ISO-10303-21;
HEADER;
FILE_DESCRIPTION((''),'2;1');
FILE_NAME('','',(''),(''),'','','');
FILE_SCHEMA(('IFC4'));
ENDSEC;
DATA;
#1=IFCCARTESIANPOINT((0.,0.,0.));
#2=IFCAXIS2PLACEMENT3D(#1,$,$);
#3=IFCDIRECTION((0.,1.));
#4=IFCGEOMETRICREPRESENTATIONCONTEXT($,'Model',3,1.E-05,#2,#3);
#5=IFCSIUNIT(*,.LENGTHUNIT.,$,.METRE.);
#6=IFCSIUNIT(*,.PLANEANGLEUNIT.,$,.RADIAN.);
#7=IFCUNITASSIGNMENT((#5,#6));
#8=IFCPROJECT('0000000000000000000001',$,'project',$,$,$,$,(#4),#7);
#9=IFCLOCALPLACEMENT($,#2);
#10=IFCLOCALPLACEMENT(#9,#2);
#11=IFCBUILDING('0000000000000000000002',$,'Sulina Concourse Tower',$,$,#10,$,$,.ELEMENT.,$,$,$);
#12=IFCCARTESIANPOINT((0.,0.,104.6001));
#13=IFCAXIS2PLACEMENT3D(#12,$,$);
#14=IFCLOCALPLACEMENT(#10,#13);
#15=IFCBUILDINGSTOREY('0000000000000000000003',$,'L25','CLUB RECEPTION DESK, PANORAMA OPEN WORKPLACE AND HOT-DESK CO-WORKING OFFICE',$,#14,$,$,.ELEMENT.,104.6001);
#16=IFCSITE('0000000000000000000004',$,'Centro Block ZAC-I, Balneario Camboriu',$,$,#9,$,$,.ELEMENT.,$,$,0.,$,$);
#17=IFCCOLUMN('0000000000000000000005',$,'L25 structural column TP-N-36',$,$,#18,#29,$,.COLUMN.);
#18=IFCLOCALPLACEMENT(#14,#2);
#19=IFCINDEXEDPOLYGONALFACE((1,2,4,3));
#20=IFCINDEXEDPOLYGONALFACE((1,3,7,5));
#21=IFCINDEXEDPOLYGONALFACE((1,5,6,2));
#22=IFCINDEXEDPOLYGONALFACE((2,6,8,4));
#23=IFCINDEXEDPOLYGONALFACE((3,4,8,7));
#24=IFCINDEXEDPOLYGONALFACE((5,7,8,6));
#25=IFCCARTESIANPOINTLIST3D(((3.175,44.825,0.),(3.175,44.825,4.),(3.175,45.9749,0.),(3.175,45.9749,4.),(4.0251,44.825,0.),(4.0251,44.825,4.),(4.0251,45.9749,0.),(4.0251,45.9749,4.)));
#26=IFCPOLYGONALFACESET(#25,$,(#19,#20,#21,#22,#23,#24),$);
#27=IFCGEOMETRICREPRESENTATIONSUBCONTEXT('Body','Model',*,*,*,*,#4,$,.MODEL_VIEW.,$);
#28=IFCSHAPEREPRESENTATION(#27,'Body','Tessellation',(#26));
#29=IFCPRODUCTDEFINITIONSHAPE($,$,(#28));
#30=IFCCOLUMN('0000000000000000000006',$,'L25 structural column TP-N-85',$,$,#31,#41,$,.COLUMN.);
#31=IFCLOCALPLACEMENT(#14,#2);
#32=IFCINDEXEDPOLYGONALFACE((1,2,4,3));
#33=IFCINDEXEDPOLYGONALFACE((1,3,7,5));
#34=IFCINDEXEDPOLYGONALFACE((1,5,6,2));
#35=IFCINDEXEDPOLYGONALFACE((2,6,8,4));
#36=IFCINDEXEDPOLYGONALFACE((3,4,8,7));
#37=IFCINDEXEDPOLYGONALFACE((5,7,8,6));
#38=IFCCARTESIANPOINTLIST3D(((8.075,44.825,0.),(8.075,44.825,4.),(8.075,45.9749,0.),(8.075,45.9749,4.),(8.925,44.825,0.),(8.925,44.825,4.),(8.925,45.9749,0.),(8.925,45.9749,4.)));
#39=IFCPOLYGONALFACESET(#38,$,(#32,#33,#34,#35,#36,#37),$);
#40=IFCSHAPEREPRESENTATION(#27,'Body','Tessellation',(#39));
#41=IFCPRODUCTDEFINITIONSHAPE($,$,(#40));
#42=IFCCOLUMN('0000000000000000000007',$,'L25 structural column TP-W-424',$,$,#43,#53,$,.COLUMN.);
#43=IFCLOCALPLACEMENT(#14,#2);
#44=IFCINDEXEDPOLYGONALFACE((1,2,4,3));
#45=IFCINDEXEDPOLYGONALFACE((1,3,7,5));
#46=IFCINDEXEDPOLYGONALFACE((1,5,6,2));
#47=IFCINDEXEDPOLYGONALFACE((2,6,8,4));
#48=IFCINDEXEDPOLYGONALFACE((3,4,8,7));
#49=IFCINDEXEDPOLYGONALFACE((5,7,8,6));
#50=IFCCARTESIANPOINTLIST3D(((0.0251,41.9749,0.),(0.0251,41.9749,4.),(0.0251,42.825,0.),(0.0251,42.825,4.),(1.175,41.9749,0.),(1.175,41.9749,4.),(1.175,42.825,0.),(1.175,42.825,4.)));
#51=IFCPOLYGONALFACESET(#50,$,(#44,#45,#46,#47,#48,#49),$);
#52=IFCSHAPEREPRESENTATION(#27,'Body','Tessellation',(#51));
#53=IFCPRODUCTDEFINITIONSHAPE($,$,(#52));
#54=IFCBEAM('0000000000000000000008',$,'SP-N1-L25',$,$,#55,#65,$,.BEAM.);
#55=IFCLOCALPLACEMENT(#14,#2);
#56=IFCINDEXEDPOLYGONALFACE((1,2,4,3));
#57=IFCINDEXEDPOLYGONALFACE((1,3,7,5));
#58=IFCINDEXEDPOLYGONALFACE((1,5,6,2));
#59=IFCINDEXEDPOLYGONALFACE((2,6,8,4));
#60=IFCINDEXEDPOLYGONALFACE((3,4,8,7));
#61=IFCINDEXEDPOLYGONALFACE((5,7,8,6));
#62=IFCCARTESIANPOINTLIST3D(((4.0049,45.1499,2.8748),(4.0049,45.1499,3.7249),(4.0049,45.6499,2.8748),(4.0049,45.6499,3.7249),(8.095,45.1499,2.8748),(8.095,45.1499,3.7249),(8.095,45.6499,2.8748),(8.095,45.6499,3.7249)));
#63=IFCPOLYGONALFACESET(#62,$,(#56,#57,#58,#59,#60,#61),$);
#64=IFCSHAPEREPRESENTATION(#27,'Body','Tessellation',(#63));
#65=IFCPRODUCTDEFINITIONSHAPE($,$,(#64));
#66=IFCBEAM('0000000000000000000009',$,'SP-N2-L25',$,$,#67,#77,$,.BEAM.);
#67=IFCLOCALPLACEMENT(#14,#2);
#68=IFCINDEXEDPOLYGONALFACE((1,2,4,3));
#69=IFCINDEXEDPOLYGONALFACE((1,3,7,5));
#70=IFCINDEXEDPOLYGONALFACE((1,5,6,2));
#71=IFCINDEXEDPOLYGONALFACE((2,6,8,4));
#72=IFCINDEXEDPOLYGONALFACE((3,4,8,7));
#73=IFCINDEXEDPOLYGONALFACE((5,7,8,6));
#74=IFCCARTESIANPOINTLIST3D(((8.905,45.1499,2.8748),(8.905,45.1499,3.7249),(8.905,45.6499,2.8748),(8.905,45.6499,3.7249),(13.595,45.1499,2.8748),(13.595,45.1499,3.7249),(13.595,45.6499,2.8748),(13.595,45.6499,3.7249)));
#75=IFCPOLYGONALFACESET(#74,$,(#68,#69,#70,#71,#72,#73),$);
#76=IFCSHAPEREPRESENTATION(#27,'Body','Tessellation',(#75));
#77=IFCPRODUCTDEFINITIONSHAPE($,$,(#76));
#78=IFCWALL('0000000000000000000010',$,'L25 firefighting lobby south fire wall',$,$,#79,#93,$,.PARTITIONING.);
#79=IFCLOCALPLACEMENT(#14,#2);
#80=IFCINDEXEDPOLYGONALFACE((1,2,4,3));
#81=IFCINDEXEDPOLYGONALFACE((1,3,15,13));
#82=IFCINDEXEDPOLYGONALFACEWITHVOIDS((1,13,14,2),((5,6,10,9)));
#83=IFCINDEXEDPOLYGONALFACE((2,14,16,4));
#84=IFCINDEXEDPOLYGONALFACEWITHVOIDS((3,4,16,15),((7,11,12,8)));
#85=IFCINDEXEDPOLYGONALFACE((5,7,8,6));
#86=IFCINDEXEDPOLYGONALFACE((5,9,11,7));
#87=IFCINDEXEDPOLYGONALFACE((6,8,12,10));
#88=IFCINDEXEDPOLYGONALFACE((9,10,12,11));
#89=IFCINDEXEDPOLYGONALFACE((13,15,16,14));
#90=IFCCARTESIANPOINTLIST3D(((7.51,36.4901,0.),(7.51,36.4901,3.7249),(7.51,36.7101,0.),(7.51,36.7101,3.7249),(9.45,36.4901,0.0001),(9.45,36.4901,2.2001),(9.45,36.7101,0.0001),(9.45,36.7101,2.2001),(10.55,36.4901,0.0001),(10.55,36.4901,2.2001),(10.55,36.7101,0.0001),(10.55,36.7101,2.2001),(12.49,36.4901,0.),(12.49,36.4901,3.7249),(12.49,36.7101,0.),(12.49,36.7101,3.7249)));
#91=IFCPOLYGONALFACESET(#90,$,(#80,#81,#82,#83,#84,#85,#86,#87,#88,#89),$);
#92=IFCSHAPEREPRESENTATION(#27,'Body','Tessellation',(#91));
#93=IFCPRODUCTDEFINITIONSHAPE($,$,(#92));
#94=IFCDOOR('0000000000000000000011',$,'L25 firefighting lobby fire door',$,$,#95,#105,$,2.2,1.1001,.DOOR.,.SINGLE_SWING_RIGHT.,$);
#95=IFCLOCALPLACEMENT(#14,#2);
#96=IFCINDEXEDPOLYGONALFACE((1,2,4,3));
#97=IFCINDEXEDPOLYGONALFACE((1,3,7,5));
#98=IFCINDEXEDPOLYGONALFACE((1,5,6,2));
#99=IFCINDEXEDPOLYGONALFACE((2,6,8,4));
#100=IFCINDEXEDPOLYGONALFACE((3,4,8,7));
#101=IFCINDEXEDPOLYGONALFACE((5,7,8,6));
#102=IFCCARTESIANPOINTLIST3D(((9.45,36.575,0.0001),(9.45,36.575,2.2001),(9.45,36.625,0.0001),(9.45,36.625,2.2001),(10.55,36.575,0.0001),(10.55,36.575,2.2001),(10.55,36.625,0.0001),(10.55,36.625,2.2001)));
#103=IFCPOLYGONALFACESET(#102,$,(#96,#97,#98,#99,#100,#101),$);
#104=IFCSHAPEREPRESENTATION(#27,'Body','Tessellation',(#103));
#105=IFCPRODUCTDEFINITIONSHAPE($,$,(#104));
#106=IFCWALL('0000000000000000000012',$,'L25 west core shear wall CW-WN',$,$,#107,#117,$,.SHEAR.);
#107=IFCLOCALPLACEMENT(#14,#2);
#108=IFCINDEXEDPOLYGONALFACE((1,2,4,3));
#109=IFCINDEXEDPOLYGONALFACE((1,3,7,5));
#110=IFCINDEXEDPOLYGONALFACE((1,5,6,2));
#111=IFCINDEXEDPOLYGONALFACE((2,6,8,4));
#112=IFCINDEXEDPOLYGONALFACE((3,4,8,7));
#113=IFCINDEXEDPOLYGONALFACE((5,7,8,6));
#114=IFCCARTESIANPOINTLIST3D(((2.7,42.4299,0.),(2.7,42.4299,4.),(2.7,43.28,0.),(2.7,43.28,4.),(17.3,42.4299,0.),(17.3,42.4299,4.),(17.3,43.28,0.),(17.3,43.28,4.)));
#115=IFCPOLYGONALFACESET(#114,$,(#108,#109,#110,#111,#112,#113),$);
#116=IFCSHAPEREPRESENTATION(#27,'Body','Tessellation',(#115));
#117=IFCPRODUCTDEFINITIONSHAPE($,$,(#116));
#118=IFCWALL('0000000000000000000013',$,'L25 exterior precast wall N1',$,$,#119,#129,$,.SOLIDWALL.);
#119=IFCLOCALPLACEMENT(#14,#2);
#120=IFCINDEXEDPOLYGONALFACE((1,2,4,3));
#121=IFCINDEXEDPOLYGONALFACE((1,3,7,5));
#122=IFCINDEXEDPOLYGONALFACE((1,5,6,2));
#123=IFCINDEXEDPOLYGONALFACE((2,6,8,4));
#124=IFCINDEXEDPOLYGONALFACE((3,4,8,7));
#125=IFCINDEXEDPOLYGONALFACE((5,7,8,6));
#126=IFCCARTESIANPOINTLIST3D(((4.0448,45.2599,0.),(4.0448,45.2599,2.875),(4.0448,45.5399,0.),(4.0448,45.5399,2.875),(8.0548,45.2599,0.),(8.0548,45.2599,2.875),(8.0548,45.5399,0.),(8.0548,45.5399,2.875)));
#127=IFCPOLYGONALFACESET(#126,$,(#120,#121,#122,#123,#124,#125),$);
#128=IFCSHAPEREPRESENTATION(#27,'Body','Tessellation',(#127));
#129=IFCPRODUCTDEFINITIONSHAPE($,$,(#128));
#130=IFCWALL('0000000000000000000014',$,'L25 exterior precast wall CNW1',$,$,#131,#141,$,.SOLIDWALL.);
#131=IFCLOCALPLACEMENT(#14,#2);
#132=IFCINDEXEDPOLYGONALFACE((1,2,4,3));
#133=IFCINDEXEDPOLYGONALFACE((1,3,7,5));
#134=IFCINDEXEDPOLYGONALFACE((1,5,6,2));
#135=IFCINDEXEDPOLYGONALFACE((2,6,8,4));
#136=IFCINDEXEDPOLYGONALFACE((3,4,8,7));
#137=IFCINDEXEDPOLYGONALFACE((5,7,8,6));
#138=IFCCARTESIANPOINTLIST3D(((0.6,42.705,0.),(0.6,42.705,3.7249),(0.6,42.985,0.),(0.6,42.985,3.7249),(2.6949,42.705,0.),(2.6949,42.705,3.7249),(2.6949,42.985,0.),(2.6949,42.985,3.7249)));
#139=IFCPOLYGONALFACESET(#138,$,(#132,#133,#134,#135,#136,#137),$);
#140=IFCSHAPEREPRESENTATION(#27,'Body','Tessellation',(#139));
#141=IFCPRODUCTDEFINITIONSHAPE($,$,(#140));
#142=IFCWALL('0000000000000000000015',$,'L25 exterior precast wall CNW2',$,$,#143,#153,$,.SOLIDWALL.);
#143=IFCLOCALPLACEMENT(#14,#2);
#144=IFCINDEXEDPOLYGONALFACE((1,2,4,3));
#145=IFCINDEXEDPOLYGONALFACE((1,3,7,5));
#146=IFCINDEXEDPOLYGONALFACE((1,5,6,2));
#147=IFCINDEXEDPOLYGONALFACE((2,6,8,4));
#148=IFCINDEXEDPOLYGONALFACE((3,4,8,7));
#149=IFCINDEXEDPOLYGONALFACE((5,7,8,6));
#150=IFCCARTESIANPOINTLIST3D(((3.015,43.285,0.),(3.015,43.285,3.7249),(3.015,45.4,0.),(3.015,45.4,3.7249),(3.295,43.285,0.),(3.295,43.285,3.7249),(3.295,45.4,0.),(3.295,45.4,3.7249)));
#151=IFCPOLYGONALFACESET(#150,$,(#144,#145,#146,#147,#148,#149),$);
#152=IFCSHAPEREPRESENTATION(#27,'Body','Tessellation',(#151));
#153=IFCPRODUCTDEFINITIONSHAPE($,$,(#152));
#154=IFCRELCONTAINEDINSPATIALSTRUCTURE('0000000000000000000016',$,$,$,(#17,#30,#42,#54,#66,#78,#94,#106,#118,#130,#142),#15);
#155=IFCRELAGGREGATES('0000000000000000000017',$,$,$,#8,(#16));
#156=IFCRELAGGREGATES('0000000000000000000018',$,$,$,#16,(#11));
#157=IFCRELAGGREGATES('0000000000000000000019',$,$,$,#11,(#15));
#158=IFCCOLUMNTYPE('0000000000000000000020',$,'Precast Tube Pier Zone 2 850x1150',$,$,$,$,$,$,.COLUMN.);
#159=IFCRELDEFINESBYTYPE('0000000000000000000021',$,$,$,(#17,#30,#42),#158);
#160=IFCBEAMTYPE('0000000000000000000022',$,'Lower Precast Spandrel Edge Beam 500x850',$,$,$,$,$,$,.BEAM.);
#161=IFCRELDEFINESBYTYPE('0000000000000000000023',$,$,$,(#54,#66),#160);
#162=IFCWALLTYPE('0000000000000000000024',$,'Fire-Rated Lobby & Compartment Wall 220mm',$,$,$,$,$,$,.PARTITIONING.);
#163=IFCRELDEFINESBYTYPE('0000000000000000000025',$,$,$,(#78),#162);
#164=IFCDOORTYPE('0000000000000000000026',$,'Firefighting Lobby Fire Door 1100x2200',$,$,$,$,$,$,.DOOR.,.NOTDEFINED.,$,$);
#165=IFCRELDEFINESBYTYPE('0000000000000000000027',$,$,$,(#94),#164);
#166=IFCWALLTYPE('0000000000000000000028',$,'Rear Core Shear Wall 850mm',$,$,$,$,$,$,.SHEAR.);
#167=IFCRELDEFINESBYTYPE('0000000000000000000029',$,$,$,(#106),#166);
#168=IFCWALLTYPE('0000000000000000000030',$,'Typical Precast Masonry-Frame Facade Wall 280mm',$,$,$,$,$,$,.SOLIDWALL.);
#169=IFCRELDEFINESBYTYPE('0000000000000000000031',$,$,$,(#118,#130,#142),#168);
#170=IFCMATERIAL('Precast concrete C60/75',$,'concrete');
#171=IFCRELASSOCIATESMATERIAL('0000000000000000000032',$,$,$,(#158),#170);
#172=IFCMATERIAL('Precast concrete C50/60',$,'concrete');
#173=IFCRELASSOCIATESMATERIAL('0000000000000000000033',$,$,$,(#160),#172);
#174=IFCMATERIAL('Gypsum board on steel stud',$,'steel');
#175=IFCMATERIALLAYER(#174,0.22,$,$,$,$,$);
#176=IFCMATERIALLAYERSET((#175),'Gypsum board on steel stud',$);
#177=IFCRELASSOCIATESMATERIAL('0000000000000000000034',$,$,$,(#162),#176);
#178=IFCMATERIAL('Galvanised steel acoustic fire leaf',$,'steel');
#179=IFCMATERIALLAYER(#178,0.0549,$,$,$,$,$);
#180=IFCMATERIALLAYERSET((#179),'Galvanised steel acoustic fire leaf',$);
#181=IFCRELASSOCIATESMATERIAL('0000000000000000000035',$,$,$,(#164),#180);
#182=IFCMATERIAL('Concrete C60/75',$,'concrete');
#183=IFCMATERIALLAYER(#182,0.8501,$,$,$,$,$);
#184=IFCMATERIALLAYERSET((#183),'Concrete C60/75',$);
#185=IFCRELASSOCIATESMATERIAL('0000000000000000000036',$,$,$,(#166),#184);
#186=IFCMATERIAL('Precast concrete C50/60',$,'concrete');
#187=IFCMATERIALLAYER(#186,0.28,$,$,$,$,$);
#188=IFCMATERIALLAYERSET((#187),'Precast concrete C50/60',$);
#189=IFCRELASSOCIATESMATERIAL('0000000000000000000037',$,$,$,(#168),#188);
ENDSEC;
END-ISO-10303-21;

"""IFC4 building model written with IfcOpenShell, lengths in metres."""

from ifc_helpers import new_model, si_unit, direction, frame, frame_2d, origin, origin_2d, place, context, subcontext, project, spatial, rectangle, extrude, material, layer, layer_set, material_profile, profile_set, type_object, element, fill, save


model = new_model("IFC4")

# Units and contexts
model_context = context("Model", 3, precision=1e-05, world=origin(), true_north=direction((0.0, 1.0)))
body_context = subcontext(model_context, "Body", "Model", "MODEL_VIEW")
ifc_project = project(units=[si_unit("LENGTHUNIT", "METRE"), si_unit("PLANEANGLEUNIT", "RADIAN")], contexts=[model_context])

# Site, building, storey
site_placement = place(None, origin())
site = spatial("IfcSite", under=ifc_project, at=site_placement, Name="Centro Block ZAC-I, Balneario Camboriu", CompositionType="ELEMENT", RefElevation=0.0)
building_placement = place(site_placement, origin())
building = spatial("IfcBuilding", under=site, at=building_placement, Name="Sulina Concourse Tower", CompositionType="ELEMENT")
storey_placement = place(building_placement, frame((0.0, 0.0, 104.6001)))
storey = spatial("IfcBuildingStorey", under=building, at=storey_placement, Name="L25", Description="CLUB RECEPTION DESK, PANORAMA OPEN WORKPLACE AND HOT-DESK CO-WORKING OFFICE", CompositionType="ELEMENT", Elevation=104.6001)

# Columns
ifc_material_1 = material(Name="Precast concrete C60/75", Category="concrete")
ifc_material_profile_1 = material_profile(ifc_material_1, rectangle(XDim=0.8501, YDim=1.1499, at=origin_2d()), Name="PC 850x1150")
ifc_profile_set_1 = profile_set([ifc_material_profile_1], Name="Precast concrete C60/75")
column_type = type_object("IfcColumnType", Name="Precast Tube Pier Zone 2 850x1150", PredefinedType="COLUMN", material=ifc_profile_set_1)
for number, where, z_axis, x_axis, name in (
    (1, (3.6001, 45.3999, 0.0), (0.0, 0.0, 1.0), (1.0, 0.0, 0.0), "L25 structural column TP-N-36"),
    (2, (8.5, 45.3999, 0.0), (0.0, 0.0, 1.0), (1.0, 0.0, 0.0), "L25 structural column TP-N-85"),
    (3, (0.6001, 42.3999, 0.0), (0.0, 0.0, 1.0), (0.0, 1.0, 0.0), "L25 structural column TP-W-424"),
):
    element("IfcColumn", number, at=place(storey_placement, frame(where, z_axis=z_axis, x_axis=x_axis)), inside=storey, type_object=column_type, Name=name, PredefinedType="COLUMN", context=body_context, shape_type="SweptSolid", body=[
        extrude(rectangle(XDim=0.8501, YDim=1.1499, at=origin_2d()), origin(), (0.0, 0.0, 1.0), 4.0),
    ])

# Beams
ifc_material_2 = material(Name="Precast concrete C50/60", Category="concrete")
ifc_material_profile_2 = material_profile(ifc_material_2, rectangle(XDim=0.5, YDim=0.8501, at=origin_2d()), Name="RC 500x850")
ifc_profile_set_2 = profile_set([ifc_material_profile_2], Name="Precast concrete C50/60")
beam_type = type_object("IfcBeamType", Name="Lower Precast Spandrel Edge Beam 500x850", PredefinedType="BEAM", material=ifc_profile_set_2)
beam_1_placement = place(storey_placement, frame((4.0049, 45.3999, 3.2998), z_axis=(1.0, 0.0, 0.0), x_axis=(0.0, 1.0, 0.0)))
element("IfcBeam", 4, at=beam_1_placement, inside=storey, type_object=beam_type, Name="SP-N1-L25", PredefinedType="BEAM", context=body_context, shape_type="SweptSolid", body=[
    extrude(rectangle(XDim=0.5, YDim=0.8501, at=origin_2d()), origin(), (0.0, 0.0, 1.0), 4.0901),
])
beam_2_placement = place(storey_placement, frame((8.905, 45.3999, 3.2998), z_axis=(1.0, 0.0, 0.0), x_axis=(0.0, 1.0, 0.0)))
element("IfcBeam", 5, at=beam_2_placement, inside=storey, type_object=beam_type, Name="SP-N2-L25", PredefinedType="BEAM", context=body_context, shape_type="SweptSolid", body=[
    extrude(rectangle(XDim=0.5, YDim=0.8501, at=origin_2d()), origin(), (0.0, 0.0, 1.0), 4.6899),
])

# Wall, opening, door
ifc_material_3 = material(Name="Gypsum board on steel stud", Category="steel")
ifc_layer_1 = layer(ifc_material_3, 0.22)
ifc_layer_set_1 = layer_set([ifc_layer_1], Name="Gypsum board on steel stud")
wall_type_1 = type_object("IfcWallType", Name="Fire-Rated Lobby & Compartment Wall 220mm", PredefinedType="PARTITIONING", material=ifc_layer_set_1)
wall_1_placement = place(storey_placement, frame((7.51, 36.6001, 0.0), z_axis=(0.0, 0.0, 1.0), x_axis=(1.0, 0.0, 0.0)))
wall_1 = element("IfcWall", 6, at=wall_1_placement, inside=storey, type_object=wall_type_1, Name="L25 firefighting lobby south fire wall", PredefinedType="PARTITIONING", context=body_context, shape_type="SweptSolid", body=[
    extrude(rectangle(XDim=4.98, YDim=0.22, at=frame_2d((2.49, 0.0))), origin(), (0.0, 0.0, 1.0), 3.7249),
])
opening_placement = place(wall_1_placement, frame((1.9399, 0.0, 0.0)))
opening = element("IfcOpeningElement", 7, at=opening_placement, cuts=wall_1, PredefinedType="OPENING", context=body_context, shape_type="SweptSolid", body=[
    extrude(rectangle(XDim=1.1001, YDim=2.2, at=frame_2d((0.55, 1.1001))), frame((0.0, 0.1199, 0.0), z_axis=(0.0, -1.0, 0.0), x_axis=(1.0, 0.0, 0.0)), (0.0, 0.0, 1.0), 0.24),
])
ifc_material_4 = material(Name="Galvanised steel acoustic fire leaf", Category="steel")
ifc_layer_2 = layer(ifc_material_4, 0.0549)
ifc_layer_set_2 = layer_set([ifc_layer_2], Name="Galvanised steel acoustic fire leaf")
door_type = type_object("IfcDoorType", Name="Firefighting Lobby Fire Door 1100x2200", OperationType="NOTDEFINED", PredefinedType="DOOR", material=ifc_layer_set_2)
door_placement = place(opening_placement, origin())
door = element("IfcDoor", 8, at=door_placement, inside=storey, type_object=door_type, Name="L25 firefighting lobby fire door", OperationType="SINGLE_SWING_RIGHT", OverallHeight=2.2, OverallWidth=1.1001, PredefinedType="DOOR", context=body_context, shape_type="SweptSolid", body=[
    extrude(rectangle(XDim=1.1001, YDim=2.2, at=frame_2d((0.55, 1.1001))), frame((0.0, 0.0249, 0.0), z_axis=(0.0, -1.0, 0.0), x_axis=(1.0, 0.0, 0.0)), (0.0, 0.0, 1.0), 0.05),
])
fill(opening, door)

# Walls
ifc_material_5 = material(Name="Concrete C60/75", Category="concrete")
ifc_layer_3 = layer(ifc_material_5, 0.8501)
ifc_layer_set_3 = layer_set([ifc_layer_3], Name="Concrete C60/75")
wall_type_2 = type_object("IfcWallType", Name="Rear Core Shear Wall 850mm", PredefinedType="SHEAR", material=ifc_layer_set_3)
wall_2_placement = place(storey_placement, frame((2.7, 42.855, 0.0), z_axis=(0.0, 0.0, 1.0), x_axis=(1.0, 0.0, 0.0)))
element("IfcWall", 9, at=wall_2_placement, inside=storey, type_object=wall_type_2, Name="L25 west core shear wall CW-WN", PredefinedType="SHEAR", context=body_context, shape_type="SweptSolid", body=[
    extrude(rectangle(XDim=14.6001, YDim=0.8501, at=frame_2d((7.3, 0.0))), origin(), (0.0, 0.0, 1.0), 4.0),
])
ifc_material_6 = material(Name="Precast concrete C50/60", Category="concrete")
ifc_layer_4 = layer(ifc_material_6, 0.28)
ifc_layer_set_4 = layer_set([ifc_layer_4], Name="Precast concrete C50/60")
wall_type_3 = type_object("IfcWallType", Name="Typical Precast Masonry-Frame Facade Wall 280mm", PredefinedType="SOLIDWALL", material=ifc_layer_set_4)
wall_3_placement = place(storey_placement, frame((4.0449, 45.3999, 0.0), z_axis=(0.0, 0.0, 1.0), x_axis=(1.0, 0.0, 0.0)))
element("IfcWall", 10, at=wall_3_placement, inside=storey, type_object=wall_type_3, Name="L25 exterior precast wall N1", PredefinedType="SOLIDWALL", context=body_context, shape_type="SweptSolid", body=[
    extrude(rectangle(XDim=4.01, YDim=0.28, at=frame_2d((2.0049, 0.0))), origin(), (0.0, 0.0, 1.0), 2.875),
])
wall_4_placement = place(storey_placement, frame((0.6001, 42.845, 0.0), z_axis=(0.0, 0.0, 1.0), x_axis=(1.0, 0.0, 0.0)))
element("IfcWall", 11, at=wall_4_placement, inside=storey, type_object=wall_type_3, Name="L25 exterior precast wall CNW1", PredefinedType="SOLIDWALL", context=body_context, shape_type="SweptSolid", body=[
    extrude(rectangle(XDim=2.095, YDim=0.28, at=frame_2d((1.0474, 0.0))), origin(), (0.0, 0.0, 1.0), 3.7249),
])
wall_5_placement = place(storey_placement, frame((3.155, 43.2849, 0.0), z_axis=(0.0, 0.0, 1.0), x_axis=(0.0, 1.0, 0.0)))
element("IfcWall", 12, at=wall_5_placement, inside=storey, type_object=wall_type_3, Name="L25 exterior precast wall CNW2", PredefinedType="SOLIDWALL", context=body_context, shape_type="SweptSolid", body=[
    extrude(rectangle(XDim=2.115, YDim=0.28, at=frame_2d((1.0576, 0.0))), origin(), (0.0, 0.0, 1.0), 3.7249),
])

save(model, "model.ifc")
